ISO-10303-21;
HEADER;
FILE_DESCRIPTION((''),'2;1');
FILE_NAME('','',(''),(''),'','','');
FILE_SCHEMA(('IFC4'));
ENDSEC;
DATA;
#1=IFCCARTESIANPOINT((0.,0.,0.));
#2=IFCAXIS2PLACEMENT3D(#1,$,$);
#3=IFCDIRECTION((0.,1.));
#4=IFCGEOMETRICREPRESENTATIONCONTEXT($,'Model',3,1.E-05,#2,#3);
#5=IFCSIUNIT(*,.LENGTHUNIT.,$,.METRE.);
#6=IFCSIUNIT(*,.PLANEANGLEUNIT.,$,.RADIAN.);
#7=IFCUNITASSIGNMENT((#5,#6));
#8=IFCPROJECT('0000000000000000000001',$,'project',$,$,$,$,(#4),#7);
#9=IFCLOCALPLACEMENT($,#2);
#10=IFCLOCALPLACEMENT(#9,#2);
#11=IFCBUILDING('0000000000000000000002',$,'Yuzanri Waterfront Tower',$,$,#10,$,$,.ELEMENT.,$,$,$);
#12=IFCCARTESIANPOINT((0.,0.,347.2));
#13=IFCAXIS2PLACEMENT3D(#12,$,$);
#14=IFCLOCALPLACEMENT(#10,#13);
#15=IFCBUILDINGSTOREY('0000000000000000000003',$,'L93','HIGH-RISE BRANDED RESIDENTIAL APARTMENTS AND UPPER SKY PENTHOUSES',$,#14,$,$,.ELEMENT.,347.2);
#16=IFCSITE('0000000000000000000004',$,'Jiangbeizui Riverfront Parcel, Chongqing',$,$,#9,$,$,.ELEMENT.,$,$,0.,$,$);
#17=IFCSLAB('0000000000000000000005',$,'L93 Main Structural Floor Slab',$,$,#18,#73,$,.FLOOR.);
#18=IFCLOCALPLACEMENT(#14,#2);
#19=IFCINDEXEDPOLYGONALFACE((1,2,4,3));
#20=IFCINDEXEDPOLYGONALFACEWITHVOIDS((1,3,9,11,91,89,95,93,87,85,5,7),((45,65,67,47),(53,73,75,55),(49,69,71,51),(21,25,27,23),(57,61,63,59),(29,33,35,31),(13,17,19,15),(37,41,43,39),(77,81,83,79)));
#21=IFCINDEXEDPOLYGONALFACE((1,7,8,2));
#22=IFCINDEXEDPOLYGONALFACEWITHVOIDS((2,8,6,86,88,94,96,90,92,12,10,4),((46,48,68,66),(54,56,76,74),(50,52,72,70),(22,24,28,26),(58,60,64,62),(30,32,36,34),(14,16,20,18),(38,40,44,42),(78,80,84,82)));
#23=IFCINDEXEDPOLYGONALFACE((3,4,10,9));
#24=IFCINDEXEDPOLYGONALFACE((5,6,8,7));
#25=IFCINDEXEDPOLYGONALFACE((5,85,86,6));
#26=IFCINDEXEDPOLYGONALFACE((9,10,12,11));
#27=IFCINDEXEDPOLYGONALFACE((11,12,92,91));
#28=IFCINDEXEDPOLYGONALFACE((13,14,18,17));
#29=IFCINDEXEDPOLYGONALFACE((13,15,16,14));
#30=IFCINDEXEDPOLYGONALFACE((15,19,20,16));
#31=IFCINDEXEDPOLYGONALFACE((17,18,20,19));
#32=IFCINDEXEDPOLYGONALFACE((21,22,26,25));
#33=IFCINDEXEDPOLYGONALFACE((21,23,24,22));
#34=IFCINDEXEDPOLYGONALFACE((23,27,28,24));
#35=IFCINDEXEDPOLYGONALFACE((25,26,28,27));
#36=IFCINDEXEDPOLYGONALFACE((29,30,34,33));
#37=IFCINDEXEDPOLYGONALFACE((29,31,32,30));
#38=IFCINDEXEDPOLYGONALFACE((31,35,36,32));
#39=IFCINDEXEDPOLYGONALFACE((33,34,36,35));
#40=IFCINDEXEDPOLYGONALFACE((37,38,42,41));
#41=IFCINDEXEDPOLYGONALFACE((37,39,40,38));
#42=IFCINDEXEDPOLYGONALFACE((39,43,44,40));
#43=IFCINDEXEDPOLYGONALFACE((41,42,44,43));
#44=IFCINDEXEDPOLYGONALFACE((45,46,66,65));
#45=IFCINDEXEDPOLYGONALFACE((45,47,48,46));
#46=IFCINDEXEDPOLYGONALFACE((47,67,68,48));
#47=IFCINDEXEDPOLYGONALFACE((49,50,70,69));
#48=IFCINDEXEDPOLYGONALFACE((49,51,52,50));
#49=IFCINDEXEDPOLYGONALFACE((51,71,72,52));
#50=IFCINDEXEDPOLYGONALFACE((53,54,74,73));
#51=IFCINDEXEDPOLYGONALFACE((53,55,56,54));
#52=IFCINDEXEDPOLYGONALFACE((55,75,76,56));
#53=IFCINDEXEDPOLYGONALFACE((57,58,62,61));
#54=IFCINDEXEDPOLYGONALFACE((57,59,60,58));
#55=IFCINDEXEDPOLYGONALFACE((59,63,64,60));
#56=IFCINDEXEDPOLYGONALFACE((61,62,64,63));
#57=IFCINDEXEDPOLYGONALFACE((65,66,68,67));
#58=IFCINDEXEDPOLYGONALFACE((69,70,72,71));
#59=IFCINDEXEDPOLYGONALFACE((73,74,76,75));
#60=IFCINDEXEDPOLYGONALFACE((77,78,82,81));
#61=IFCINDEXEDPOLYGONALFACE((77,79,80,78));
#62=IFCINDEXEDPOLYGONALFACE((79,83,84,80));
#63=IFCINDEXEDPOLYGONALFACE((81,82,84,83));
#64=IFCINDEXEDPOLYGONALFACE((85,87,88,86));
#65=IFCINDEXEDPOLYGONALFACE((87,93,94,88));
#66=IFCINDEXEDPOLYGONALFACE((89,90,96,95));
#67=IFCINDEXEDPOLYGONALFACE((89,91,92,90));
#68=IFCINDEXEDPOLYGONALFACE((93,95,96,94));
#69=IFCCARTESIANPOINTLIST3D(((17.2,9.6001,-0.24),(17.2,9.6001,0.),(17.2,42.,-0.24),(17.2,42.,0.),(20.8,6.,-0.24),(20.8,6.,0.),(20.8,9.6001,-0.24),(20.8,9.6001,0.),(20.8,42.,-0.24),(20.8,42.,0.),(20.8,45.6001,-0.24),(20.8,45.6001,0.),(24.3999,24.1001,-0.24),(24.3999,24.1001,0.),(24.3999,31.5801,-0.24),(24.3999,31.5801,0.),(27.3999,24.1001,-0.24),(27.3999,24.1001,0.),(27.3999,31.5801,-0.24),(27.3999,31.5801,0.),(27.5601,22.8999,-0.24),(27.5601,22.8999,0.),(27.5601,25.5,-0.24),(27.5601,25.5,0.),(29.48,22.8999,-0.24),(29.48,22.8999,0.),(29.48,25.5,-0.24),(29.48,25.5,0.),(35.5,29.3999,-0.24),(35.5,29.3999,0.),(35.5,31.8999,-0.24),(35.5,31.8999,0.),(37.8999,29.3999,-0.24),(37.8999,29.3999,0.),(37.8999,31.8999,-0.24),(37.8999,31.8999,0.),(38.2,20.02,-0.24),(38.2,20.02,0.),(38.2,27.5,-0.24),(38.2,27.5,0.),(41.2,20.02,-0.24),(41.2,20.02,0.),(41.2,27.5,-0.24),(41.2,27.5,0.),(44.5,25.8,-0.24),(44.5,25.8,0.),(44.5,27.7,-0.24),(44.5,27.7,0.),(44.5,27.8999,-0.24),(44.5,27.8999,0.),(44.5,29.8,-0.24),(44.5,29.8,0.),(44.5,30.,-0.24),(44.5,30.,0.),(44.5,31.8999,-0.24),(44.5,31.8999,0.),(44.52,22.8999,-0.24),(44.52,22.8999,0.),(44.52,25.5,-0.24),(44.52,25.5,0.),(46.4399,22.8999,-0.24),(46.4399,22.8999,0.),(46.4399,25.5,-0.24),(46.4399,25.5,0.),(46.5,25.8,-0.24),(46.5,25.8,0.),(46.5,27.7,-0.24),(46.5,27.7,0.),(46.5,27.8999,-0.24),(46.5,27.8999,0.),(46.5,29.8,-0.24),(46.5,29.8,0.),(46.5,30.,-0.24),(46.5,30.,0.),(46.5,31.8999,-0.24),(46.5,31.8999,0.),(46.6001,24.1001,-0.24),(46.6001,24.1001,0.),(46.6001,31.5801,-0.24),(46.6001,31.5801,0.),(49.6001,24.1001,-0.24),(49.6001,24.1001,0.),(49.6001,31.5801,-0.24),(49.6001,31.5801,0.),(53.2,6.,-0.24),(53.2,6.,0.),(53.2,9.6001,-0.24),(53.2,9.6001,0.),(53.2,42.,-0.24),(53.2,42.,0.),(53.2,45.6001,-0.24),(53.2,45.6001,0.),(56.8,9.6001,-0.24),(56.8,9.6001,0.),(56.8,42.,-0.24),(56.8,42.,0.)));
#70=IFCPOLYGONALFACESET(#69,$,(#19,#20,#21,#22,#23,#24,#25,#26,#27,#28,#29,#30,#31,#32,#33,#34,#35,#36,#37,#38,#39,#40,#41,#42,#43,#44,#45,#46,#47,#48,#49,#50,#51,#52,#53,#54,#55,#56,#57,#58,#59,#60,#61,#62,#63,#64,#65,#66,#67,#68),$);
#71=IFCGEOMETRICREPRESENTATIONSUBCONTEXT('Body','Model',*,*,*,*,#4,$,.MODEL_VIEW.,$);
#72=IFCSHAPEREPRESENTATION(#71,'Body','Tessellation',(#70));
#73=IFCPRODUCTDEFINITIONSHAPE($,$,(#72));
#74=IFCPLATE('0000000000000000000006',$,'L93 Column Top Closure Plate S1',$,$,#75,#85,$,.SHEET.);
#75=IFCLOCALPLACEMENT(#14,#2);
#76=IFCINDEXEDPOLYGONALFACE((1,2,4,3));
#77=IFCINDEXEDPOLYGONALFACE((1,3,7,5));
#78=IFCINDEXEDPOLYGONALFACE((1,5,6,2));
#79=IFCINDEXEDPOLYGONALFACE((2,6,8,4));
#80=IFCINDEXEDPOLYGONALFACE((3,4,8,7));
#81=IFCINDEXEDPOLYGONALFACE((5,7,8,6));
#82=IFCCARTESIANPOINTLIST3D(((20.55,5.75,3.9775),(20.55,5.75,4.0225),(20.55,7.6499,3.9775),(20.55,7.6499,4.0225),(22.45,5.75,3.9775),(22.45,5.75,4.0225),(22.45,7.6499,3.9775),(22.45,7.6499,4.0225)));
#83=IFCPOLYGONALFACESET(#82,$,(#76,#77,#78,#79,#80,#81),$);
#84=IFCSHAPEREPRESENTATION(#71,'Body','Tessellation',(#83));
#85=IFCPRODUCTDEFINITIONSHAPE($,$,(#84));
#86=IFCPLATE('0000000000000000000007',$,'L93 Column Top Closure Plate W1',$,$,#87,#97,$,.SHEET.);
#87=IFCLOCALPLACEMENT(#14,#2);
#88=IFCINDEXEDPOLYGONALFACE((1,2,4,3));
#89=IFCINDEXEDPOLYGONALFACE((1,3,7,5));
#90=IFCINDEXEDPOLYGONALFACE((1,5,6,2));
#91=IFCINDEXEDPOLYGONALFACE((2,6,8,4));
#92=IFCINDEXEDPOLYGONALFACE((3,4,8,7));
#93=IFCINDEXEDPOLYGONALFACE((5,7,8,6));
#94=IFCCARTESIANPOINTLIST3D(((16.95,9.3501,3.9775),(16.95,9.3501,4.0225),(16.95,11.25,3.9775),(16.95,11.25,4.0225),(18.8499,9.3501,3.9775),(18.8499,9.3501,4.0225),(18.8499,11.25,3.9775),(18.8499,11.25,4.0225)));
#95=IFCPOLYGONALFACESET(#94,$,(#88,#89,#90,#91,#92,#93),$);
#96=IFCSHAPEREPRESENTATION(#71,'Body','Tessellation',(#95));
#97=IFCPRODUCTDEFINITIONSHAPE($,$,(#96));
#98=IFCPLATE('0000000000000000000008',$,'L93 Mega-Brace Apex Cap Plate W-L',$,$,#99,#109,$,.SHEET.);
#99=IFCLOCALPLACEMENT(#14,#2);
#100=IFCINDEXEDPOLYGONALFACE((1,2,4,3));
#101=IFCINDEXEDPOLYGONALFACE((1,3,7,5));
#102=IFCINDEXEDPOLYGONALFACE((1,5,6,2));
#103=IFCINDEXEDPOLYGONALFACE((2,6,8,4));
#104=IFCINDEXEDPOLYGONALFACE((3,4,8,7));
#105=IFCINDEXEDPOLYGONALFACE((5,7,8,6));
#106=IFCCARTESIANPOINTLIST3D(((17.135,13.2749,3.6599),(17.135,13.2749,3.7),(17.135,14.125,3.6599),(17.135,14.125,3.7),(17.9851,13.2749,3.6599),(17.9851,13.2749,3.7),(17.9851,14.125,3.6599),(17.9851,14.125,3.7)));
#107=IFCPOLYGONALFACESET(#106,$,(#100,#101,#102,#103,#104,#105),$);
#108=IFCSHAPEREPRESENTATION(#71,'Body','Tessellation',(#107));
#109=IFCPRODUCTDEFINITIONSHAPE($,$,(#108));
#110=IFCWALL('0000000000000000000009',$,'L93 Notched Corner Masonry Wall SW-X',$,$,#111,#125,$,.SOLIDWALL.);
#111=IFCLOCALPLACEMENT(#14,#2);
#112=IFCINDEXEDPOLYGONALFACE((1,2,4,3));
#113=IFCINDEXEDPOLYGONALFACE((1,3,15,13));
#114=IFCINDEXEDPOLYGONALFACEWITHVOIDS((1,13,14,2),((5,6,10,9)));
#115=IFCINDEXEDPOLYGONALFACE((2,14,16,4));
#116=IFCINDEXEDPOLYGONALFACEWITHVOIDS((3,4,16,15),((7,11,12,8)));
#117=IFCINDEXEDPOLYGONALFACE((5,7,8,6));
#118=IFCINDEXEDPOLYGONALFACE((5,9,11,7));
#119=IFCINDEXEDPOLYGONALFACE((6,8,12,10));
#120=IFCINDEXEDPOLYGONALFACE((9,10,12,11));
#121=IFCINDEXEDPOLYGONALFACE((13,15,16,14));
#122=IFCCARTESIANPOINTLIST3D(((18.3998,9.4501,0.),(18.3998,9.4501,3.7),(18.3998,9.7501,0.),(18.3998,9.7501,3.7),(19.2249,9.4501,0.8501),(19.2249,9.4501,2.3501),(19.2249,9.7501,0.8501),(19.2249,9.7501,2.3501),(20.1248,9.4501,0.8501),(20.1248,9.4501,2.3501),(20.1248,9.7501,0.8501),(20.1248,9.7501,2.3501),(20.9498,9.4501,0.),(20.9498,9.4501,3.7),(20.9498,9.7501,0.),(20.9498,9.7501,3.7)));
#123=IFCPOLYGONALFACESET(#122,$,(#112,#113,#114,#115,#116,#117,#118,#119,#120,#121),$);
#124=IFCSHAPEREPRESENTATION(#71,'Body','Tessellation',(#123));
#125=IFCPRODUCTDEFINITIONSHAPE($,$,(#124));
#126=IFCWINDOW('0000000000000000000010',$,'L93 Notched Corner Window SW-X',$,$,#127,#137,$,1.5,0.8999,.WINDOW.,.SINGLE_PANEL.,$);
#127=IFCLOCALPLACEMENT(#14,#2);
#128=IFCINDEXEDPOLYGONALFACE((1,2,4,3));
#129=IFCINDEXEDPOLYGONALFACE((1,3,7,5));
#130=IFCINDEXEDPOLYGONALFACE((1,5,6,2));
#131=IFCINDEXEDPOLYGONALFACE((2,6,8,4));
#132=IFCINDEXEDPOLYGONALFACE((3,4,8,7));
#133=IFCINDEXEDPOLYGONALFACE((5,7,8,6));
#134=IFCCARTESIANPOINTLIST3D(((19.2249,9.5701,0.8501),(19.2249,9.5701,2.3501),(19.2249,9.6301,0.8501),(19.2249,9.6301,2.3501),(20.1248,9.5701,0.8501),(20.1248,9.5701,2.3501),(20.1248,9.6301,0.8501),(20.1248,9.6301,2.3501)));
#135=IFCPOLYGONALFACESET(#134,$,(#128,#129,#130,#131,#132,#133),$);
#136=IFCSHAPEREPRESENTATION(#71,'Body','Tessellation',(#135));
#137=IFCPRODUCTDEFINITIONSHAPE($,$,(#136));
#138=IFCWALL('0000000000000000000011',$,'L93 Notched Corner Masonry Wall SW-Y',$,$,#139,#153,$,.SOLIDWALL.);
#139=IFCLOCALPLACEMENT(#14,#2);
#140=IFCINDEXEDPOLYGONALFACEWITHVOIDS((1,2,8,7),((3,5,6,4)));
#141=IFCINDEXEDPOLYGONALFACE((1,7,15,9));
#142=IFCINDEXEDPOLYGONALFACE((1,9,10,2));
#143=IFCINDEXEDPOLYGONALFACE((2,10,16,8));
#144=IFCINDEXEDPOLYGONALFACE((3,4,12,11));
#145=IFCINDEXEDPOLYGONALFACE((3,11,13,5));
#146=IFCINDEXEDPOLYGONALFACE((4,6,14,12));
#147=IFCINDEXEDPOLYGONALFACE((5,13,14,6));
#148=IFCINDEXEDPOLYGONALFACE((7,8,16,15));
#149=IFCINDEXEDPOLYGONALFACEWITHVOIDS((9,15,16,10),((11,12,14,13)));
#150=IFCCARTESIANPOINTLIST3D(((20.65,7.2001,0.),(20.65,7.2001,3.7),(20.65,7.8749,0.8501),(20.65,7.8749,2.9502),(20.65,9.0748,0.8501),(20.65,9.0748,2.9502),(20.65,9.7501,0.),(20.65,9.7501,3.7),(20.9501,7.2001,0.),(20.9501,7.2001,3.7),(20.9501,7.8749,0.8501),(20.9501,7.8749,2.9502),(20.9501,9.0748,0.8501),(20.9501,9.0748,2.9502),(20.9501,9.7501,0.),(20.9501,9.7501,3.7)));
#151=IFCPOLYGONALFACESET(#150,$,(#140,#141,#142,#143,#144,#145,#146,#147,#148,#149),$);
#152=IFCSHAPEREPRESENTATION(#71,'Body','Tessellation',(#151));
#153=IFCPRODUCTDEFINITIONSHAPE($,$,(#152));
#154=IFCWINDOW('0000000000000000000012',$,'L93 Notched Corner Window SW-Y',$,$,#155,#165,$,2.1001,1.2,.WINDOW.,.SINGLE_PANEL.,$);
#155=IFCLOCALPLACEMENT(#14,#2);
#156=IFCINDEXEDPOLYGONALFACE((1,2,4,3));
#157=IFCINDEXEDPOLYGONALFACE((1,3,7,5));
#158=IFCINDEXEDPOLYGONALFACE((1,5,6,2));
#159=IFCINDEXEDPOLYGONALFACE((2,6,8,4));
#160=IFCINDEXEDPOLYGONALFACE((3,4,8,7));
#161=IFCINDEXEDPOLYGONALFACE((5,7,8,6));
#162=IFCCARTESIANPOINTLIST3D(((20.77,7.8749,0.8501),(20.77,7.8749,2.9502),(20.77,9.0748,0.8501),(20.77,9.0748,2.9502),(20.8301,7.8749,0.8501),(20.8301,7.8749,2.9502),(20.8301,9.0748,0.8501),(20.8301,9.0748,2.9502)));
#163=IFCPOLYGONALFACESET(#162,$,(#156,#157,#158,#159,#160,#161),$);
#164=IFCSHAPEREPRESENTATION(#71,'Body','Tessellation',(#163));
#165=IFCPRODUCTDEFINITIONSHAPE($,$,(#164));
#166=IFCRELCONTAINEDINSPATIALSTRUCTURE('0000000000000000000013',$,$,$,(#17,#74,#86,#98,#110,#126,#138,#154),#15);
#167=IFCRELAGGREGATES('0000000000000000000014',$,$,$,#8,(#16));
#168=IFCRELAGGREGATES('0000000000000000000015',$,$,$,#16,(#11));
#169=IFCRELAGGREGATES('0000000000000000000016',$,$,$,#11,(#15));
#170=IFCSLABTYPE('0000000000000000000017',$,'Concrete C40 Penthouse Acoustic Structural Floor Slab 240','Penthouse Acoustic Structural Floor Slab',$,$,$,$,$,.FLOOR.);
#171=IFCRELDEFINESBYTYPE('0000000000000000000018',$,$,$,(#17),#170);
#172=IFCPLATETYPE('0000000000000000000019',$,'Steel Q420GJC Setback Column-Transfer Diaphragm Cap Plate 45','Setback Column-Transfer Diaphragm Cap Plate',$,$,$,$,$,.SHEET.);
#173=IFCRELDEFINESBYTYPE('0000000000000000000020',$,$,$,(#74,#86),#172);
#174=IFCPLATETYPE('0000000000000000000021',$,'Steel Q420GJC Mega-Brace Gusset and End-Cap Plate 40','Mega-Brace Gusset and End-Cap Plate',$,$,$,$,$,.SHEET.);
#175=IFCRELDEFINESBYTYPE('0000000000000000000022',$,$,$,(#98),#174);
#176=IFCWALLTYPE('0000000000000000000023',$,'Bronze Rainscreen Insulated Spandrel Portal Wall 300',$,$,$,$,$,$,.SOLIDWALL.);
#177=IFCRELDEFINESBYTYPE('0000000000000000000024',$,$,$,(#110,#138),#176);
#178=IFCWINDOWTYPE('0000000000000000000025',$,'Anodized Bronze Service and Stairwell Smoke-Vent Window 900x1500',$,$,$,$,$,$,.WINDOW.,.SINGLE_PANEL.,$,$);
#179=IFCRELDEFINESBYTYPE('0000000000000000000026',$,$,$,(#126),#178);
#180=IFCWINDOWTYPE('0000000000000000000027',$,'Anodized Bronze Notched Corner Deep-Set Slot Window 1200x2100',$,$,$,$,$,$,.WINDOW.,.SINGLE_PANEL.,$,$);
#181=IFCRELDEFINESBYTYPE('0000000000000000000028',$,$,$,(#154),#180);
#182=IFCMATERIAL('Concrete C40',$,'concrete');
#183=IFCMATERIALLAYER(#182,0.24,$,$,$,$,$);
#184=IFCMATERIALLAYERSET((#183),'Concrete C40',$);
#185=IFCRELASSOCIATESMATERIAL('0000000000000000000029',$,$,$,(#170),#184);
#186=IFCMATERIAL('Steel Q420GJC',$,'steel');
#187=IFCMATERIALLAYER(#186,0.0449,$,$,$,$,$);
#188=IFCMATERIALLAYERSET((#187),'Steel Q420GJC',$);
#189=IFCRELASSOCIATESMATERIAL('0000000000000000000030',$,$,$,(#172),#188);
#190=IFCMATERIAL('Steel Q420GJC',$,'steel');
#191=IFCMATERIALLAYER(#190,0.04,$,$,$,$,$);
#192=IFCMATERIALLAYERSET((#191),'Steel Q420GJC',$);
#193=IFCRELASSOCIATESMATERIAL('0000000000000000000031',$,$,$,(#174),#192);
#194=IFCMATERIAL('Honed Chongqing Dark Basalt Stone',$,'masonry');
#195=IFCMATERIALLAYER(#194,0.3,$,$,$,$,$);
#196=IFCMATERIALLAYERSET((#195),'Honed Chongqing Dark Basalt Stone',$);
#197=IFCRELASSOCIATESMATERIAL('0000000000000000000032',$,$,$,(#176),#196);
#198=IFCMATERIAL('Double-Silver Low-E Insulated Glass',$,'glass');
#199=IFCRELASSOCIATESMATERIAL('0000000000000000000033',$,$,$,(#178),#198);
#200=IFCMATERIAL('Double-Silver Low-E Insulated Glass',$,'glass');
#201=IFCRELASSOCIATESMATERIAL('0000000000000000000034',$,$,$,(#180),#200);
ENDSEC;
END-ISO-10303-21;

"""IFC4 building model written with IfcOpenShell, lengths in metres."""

from ifc_helpers import new_model, si_unit, direction, frame, frame_2d, origin, origin_2d, place, context, subcontext, project, spatial, polyline, rectangle, outline, extrude, source, transform, mapped, material, layer, layer_set, type_object, element, fill, save


model = new_model("IFC4")

# Units and contexts
model_context = context("Model", 3, precision=1e-05, world=origin(), true_north=direction((0.0, 1.0)))
body_context = subcontext(model_context, "Body", "Model", "MODEL_VIEW")
ifc_project = project(units=[si_unit("LENGTHUNIT", "METRE"), si_unit("PLANEANGLEUNIT", "RADIAN")], contexts=[model_context])

# Site, building, storey
site_placement = place(None, origin())
site = spatial("IfcSite", under=ifc_project, at=site_placement, Name="Jiangbeizui Riverfront Parcel, Chongqing", CompositionType="ELEMENT", RefElevation=0.0)
building_placement = place(site_placement, origin())
building = spatial("IfcBuilding", under=site, at=building_placement, Name="Yuzanri Waterfront Tower", CompositionType="ELEMENT")
storey_placement = place(building_placement, frame((0.0, 0.0, 347.2)))
storey = spatial("IfcBuildingStorey", under=building, at=storey_placement, Name="L93", Description="HIGH-RISE BRANDED RESIDENTIAL APARTMENTS AND UPPER SKY PENTHOUSES", CompositionType="ELEMENT", Elevation=347.2)

# Slab
ifc_material_1 = material(Name="Concrete C40", Category="concrete")
ifc_layer_1 = layer(ifc_material_1, 0.24)
ifc_layer_set_1 = layer_set([ifc_layer_1], Name="Concrete C40")
slab_type = type_object("IfcSlabType", Name="Concrete C40 Penthouse Acoustic Structural Floor Slab 240", Description="Penthouse Acoustic Structural Floor Slab", PredefinedType="FLOOR", material=ifc_layer_set_1)
slab_placement = place(storey_placement, frame((0.0, 0.0, -0.24)))
element("IfcSlab", 1, at=slab_placement, inside=storey, type_object=slab_type, Name="L93 Main Structural Floor Slab", PredefinedType="FLOOR", context=body_context, shape_type="SweptSolid", body=[
    extrude(outline(polyline([(20.8, 6.0), (53.2, 6.0), (53.2, 9.6001), (56.8, 9.6001), (56.8, 42.0), (53.2, 42.0), (53.2, 45.6001), (20.8, 45.6001), (20.8, 42.0), (17.2, 42.0), (17.2, 9.6001), (20.8, 9.6001), (20.8, 6.0)]), holes=[polyline([(27.3999, 24.1001), (27.3999, 31.5801), (24.3999, 31.5801), (24.3999, 24.1001), (27.3999, 24.1001)]), polyline([(49.6001, 24.1001), (49.6001, 31.5801), (46.6001, 31.5801), (46.6001, 24.1001), (49.6001, 24.1001)]), polyline([(38.2, 27.5), (38.2, 20.02), (41.2, 20.02), (41.2, 27.5), (38.2, 27.5)]), polyline([(27.5601, 22.8999), (29.48, 22.8999), (29.48, 25.5), (27.5601, 25.5), (27.5601, 22.8999)]), polyline([(44.52, 22.8999), (46.4399, 22.8999), (46.4399, 25.5), (44.52, 25.5), (44.52, 22.8999)]), polyline([(35.5, 29.3999), (37.8999, 29.3999), (37.8999, 31.8999), (35.5, 31.8999), (35.5, 29.3999)]), polyline([(44.5, 25.8), (46.5, 25.8), (46.5, 27.7), (44.5, 27.7), (44.5, 25.8)]), polyline([(44.5, 27.8999), (46.5, 27.8999), (46.5, 29.8), (44.5, 29.8), (44.5, 27.8999)]), polyline([(44.5, 30.0), (46.5, 30.0), (46.5, 31.8999), (44.5, 31.8999), (44.5, 30.0)])]), origin(), (0.0, 0.0, 1.0), 0.24),
])

# Plates
ifc_material_2 = material(Name="Steel Q420GJC", Category="steel")
ifc_layer_2 = layer(ifc_material_2, 0.0449)
ifc_layer_set_2 = layer_set([ifc_layer_2], Name="Steel Q420GJC")
plate_type_1 = type_object("IfcPlateType", Name="Steel Q420GJC Setback Column-Transfer Diaphragm Cap Plate 45", Description="Setback Column-Transfer Diaphragm Cap Plate", PredefinedType="SHEET", material=ifc_layer_set_2)
shared_shape_1 = source(origin(), body_context, "Body", "SweptSolid", [
    extrude(rectangle(XDim=1.8999, YDim=1.8999, at=origin_2d()), origin(), (0.0, 0.0, 1.0), 0.0449),
])
for number, where, z_axis, x_axis, name in (
    (2, (21.5, 6.7, 3.9775), (0.0, 0.0, 1.0), (1.0, 0.0, 0.0), "L93 Column Top Closure Plate S1"),
    (3, (17.8999, 10.3, 3.9775), (0.0, 0.0, 1.0), (1.0, 0.0, 0.0), "L93 Column Top Closure Plate W1"),
):
    element("IfcPlate", number, at=place(storey_placement, frame(where, z_axis=z_axis, x_axis=x_axis)), inside=storey, type_object=plate_type_1, Name=name, PredefinedType="SHEET", context=body_context, shape_type="MappedRepresentation", body=[
        mapped(shared_shape_1, transform((0.0, 0.0, 0.0), scale=1.0)),
    ])
ifc_material_3 = material(Name="Steel Q420GJC", Category="steel")
ifc_layer_3 = layer(ifc_material_3, 0.04)
ifc_layer_set_3 = layer_set([ifc_layer_3], Name="Steel Q420GJC")
plate_type_2 = type_object("IfcPlateType", Name="Steel Q420GJC Mega-Brace Gusset and End-Cap Plate 40", Description="Mega-Brace Gusset and End-Cap Plate", PredefinedType="SHEET", material=ifc_layer_set_3)
shared_shape_2 = source(origin(), body_context, "Body", "SweptSolid", [
    extrude(rectangle(XDim=0.8501, YDim=0.8501, at=origin_2d()), origin(), (0.0, 0.0, 1.0), 0.04),
])
plate_placement = place(storey_placement, frame((17.5601, 13.7, 3.6599), z_axis=(0.0, 0.0, 1.0), x_axis=(1.0, 0.0, 0.0)))
element("IfcPlate", 4, at=plate_placement, inside=storey, type_object=plate_type_2, Name="L93 Mega-Brace Apex Cap Plate W-L", PredefinedType="SHEET", context=body_context, shape_type="MappedRepresentation", body=[
    mapped(shared_shape_2, transform((0.0, 0.0, 0.0), scale=1.0)),
])

# Walls, openings, windows
ifc_material_4 = material(Name="Honed Chongqing Dark Basalt Stone", Category="masonry")
ifc_layer_4 = layer(ifc_material_4, 0.3)
ifc_layer_set_4 = layer_set([ifc_layer_4], Name="Honed Chongqing Dark Basalt Stone")
wall_type_1 = type_object("IfcWallType", Name="Bronze Rainscreen Insulated Spandrel Portal Wall 300", PredefinedType="SOLIDWALL", material=ifc_layer_set_4)
wall_1_placement = place(storey_placement, frame((18.3999, 9.6001, 0.0), z_axis=(0.0, 0.0, 1.0), x_axis=(1.0, 0.0, 0.0)))
wall_1 = element("IfcWall", 5, at=wall_1_placement, inside=storey, type_object=wall_type_1, Name="L93 Notched Corner Masonry Wall SW-X", PredefinedType="SOLIDWALL", context=body_context, shape_type="SweptSolid", body=[
    extrude(rectangle(XDim=2.55, YDim=0.3, at=frame_2d((1.2749, 0.0))), origin(), (0.0, 0.0, 1.0), 3.7),
])
opening_1_placement = place(wall_1_placement, frame((0.825, 0.0, 0.8501)))
opening_1 = element("IfcOpeningElement", 6, at=opening_1_placement, cuts=wall_1, PredefinedType="OPENING", context=body_context, shape_type="SweptSolid", body=[
    extrude(rectangle(XDim=0.8999, YDim=1.5, at=frame_2d((0.45, 0.75))), frame((0.0, 0.165, 0.0), z_axis=(0.0, -1.0, 0.0), x_axis=(1.0, 0.0, 0.0)), (0.0, 0.0, 1.0), 0.3298),
])
ifc_material_5 = material(Name="Double-Silver Low-E Insulated Glass", Category="glass")
window_type_1 = type_object("IfcWindowType", Name="Anodized Bronze Service and Stairwell Smoke-Vent Window 900x1500", PartitioningType="SINGLE_PANEL", PredefinedType="WINDOW", material=ifc_material_5)
shared_shape_3 = source(origin(), body_context, "Body", "SweptSolid", [
    extrude(rectangle(XDim=0.8999, YDim=1.5, at=frame_2d((0.45, 0.75))), frame((0.0, 0.03, 0.0), z_axis=(0.0, -1.0, 0.0), x_axis=(1.0, 0.0, 0.0)), (0.0, 0.0, 1.0), 0.0601),
])
window_1_placement = place(opening_1_placement, origin())
window_1 = element("IfcWindow", 7, at=window_1_placement, inside=storey, type_object=window_type_1, Name="L93 Notched Corner Window SW-X", OverallHeight=1.5, OverallWidth=0.8999, PartitioningType="SINGLE_PANEL", PredefinedType="WINDOW", context=body_context, shape_type="MappedRepresentation", body=[
    mapped(shared_shape_3, transform((0.0, 0.0, 0.0), scale=1.0)),
])
fill(opening_1, window_1)
wall_2_placement = place(storey_placement, frame((20.8, 9.75, 0.0), z_axis=(0.0, 0.0, 1.0), x_axis=(0.0, -1.0, 0.0)))
wall_2 = element("IfcWall", 8, at=wall_2_placement, inside=storey, type_object=wall_type_1, Name="L93 Notched Corner Masonry Wall SW-Y", PredefinedType="SOLIDWALL", context=body_context, shape_type="SweptSolid", body=[
    extrude(rectangle(XDim=2.55, YDim=0.3, at=frame_2d((1.2749, 0.0))), origin(), (0.0, 0.0, 1.0), 3.7),
])
opening_2_placement = place(wall_2_placement, frame((0.675, 0.0, 0.8501)))
opening_2 = element("IfcOpeningElement", 9, at=opening_2_placement, cuts=wall_2, PredefinedType="OPENING", context=body_context, shape_type="SweptSolid", body=[
    extrude(rectangle(XDim=1.2, YDim=2.1001, at=frame_2d((0.6001, 1.05))), frame((0.0, 0.165, 0.0), z_axis=(0.0, -1.0, 0.0), x_axis=(1.0, 0.0, 0.0)), (0.0, 0.0, 1.0), 0.3298),
])
ifc_material_6 = material(Name="Double-Silver Low-E Insulated Glass", Category="glass")
window_type_2 = type_object("IfcWindowType", Name="Anodized Bronze Notched Corner Deep-Set Slot Window 1200x2100", PartitioningType="SINGLE_PANEL", PredefinedType="WINDOW", material=ifc_material_6)
shared_shape_4 = source(origin(), body_context, "Body", "SweptSolid", [
    extrude(rectangle(XDim=1.2, YDim=2.1001, at=frame_2d((0.6001, 1.05))), frame((0.0, 0.03, 0.0), z_axis=(0.0, -1.0, 0.0), x_axis=(1.0, 0.0, 0.0)), (0.0, 0.0, 1.0), 0.0601),
])
window_2_placement = place(opening_2_placement, origin())
window_2 = element("IfcWindow", 10, at=window_2_placement, inside=storey, type_object=window_type_2, Name="L93 Notched Corner Window SW-Y", OverallHeight=2.1001, OverallWidth=1.2, PartitioningType="SINGLE_PANEL", PredefinedType="WINDOW", context=body_context, shape_type="MappedRepresentation", body=[
    mapped(shared_shape_4, transform((0.0, 0.0, 0.0), scale=1.0)),
])
fill(opening_2, window_2)

save(model, "model.ifc")
